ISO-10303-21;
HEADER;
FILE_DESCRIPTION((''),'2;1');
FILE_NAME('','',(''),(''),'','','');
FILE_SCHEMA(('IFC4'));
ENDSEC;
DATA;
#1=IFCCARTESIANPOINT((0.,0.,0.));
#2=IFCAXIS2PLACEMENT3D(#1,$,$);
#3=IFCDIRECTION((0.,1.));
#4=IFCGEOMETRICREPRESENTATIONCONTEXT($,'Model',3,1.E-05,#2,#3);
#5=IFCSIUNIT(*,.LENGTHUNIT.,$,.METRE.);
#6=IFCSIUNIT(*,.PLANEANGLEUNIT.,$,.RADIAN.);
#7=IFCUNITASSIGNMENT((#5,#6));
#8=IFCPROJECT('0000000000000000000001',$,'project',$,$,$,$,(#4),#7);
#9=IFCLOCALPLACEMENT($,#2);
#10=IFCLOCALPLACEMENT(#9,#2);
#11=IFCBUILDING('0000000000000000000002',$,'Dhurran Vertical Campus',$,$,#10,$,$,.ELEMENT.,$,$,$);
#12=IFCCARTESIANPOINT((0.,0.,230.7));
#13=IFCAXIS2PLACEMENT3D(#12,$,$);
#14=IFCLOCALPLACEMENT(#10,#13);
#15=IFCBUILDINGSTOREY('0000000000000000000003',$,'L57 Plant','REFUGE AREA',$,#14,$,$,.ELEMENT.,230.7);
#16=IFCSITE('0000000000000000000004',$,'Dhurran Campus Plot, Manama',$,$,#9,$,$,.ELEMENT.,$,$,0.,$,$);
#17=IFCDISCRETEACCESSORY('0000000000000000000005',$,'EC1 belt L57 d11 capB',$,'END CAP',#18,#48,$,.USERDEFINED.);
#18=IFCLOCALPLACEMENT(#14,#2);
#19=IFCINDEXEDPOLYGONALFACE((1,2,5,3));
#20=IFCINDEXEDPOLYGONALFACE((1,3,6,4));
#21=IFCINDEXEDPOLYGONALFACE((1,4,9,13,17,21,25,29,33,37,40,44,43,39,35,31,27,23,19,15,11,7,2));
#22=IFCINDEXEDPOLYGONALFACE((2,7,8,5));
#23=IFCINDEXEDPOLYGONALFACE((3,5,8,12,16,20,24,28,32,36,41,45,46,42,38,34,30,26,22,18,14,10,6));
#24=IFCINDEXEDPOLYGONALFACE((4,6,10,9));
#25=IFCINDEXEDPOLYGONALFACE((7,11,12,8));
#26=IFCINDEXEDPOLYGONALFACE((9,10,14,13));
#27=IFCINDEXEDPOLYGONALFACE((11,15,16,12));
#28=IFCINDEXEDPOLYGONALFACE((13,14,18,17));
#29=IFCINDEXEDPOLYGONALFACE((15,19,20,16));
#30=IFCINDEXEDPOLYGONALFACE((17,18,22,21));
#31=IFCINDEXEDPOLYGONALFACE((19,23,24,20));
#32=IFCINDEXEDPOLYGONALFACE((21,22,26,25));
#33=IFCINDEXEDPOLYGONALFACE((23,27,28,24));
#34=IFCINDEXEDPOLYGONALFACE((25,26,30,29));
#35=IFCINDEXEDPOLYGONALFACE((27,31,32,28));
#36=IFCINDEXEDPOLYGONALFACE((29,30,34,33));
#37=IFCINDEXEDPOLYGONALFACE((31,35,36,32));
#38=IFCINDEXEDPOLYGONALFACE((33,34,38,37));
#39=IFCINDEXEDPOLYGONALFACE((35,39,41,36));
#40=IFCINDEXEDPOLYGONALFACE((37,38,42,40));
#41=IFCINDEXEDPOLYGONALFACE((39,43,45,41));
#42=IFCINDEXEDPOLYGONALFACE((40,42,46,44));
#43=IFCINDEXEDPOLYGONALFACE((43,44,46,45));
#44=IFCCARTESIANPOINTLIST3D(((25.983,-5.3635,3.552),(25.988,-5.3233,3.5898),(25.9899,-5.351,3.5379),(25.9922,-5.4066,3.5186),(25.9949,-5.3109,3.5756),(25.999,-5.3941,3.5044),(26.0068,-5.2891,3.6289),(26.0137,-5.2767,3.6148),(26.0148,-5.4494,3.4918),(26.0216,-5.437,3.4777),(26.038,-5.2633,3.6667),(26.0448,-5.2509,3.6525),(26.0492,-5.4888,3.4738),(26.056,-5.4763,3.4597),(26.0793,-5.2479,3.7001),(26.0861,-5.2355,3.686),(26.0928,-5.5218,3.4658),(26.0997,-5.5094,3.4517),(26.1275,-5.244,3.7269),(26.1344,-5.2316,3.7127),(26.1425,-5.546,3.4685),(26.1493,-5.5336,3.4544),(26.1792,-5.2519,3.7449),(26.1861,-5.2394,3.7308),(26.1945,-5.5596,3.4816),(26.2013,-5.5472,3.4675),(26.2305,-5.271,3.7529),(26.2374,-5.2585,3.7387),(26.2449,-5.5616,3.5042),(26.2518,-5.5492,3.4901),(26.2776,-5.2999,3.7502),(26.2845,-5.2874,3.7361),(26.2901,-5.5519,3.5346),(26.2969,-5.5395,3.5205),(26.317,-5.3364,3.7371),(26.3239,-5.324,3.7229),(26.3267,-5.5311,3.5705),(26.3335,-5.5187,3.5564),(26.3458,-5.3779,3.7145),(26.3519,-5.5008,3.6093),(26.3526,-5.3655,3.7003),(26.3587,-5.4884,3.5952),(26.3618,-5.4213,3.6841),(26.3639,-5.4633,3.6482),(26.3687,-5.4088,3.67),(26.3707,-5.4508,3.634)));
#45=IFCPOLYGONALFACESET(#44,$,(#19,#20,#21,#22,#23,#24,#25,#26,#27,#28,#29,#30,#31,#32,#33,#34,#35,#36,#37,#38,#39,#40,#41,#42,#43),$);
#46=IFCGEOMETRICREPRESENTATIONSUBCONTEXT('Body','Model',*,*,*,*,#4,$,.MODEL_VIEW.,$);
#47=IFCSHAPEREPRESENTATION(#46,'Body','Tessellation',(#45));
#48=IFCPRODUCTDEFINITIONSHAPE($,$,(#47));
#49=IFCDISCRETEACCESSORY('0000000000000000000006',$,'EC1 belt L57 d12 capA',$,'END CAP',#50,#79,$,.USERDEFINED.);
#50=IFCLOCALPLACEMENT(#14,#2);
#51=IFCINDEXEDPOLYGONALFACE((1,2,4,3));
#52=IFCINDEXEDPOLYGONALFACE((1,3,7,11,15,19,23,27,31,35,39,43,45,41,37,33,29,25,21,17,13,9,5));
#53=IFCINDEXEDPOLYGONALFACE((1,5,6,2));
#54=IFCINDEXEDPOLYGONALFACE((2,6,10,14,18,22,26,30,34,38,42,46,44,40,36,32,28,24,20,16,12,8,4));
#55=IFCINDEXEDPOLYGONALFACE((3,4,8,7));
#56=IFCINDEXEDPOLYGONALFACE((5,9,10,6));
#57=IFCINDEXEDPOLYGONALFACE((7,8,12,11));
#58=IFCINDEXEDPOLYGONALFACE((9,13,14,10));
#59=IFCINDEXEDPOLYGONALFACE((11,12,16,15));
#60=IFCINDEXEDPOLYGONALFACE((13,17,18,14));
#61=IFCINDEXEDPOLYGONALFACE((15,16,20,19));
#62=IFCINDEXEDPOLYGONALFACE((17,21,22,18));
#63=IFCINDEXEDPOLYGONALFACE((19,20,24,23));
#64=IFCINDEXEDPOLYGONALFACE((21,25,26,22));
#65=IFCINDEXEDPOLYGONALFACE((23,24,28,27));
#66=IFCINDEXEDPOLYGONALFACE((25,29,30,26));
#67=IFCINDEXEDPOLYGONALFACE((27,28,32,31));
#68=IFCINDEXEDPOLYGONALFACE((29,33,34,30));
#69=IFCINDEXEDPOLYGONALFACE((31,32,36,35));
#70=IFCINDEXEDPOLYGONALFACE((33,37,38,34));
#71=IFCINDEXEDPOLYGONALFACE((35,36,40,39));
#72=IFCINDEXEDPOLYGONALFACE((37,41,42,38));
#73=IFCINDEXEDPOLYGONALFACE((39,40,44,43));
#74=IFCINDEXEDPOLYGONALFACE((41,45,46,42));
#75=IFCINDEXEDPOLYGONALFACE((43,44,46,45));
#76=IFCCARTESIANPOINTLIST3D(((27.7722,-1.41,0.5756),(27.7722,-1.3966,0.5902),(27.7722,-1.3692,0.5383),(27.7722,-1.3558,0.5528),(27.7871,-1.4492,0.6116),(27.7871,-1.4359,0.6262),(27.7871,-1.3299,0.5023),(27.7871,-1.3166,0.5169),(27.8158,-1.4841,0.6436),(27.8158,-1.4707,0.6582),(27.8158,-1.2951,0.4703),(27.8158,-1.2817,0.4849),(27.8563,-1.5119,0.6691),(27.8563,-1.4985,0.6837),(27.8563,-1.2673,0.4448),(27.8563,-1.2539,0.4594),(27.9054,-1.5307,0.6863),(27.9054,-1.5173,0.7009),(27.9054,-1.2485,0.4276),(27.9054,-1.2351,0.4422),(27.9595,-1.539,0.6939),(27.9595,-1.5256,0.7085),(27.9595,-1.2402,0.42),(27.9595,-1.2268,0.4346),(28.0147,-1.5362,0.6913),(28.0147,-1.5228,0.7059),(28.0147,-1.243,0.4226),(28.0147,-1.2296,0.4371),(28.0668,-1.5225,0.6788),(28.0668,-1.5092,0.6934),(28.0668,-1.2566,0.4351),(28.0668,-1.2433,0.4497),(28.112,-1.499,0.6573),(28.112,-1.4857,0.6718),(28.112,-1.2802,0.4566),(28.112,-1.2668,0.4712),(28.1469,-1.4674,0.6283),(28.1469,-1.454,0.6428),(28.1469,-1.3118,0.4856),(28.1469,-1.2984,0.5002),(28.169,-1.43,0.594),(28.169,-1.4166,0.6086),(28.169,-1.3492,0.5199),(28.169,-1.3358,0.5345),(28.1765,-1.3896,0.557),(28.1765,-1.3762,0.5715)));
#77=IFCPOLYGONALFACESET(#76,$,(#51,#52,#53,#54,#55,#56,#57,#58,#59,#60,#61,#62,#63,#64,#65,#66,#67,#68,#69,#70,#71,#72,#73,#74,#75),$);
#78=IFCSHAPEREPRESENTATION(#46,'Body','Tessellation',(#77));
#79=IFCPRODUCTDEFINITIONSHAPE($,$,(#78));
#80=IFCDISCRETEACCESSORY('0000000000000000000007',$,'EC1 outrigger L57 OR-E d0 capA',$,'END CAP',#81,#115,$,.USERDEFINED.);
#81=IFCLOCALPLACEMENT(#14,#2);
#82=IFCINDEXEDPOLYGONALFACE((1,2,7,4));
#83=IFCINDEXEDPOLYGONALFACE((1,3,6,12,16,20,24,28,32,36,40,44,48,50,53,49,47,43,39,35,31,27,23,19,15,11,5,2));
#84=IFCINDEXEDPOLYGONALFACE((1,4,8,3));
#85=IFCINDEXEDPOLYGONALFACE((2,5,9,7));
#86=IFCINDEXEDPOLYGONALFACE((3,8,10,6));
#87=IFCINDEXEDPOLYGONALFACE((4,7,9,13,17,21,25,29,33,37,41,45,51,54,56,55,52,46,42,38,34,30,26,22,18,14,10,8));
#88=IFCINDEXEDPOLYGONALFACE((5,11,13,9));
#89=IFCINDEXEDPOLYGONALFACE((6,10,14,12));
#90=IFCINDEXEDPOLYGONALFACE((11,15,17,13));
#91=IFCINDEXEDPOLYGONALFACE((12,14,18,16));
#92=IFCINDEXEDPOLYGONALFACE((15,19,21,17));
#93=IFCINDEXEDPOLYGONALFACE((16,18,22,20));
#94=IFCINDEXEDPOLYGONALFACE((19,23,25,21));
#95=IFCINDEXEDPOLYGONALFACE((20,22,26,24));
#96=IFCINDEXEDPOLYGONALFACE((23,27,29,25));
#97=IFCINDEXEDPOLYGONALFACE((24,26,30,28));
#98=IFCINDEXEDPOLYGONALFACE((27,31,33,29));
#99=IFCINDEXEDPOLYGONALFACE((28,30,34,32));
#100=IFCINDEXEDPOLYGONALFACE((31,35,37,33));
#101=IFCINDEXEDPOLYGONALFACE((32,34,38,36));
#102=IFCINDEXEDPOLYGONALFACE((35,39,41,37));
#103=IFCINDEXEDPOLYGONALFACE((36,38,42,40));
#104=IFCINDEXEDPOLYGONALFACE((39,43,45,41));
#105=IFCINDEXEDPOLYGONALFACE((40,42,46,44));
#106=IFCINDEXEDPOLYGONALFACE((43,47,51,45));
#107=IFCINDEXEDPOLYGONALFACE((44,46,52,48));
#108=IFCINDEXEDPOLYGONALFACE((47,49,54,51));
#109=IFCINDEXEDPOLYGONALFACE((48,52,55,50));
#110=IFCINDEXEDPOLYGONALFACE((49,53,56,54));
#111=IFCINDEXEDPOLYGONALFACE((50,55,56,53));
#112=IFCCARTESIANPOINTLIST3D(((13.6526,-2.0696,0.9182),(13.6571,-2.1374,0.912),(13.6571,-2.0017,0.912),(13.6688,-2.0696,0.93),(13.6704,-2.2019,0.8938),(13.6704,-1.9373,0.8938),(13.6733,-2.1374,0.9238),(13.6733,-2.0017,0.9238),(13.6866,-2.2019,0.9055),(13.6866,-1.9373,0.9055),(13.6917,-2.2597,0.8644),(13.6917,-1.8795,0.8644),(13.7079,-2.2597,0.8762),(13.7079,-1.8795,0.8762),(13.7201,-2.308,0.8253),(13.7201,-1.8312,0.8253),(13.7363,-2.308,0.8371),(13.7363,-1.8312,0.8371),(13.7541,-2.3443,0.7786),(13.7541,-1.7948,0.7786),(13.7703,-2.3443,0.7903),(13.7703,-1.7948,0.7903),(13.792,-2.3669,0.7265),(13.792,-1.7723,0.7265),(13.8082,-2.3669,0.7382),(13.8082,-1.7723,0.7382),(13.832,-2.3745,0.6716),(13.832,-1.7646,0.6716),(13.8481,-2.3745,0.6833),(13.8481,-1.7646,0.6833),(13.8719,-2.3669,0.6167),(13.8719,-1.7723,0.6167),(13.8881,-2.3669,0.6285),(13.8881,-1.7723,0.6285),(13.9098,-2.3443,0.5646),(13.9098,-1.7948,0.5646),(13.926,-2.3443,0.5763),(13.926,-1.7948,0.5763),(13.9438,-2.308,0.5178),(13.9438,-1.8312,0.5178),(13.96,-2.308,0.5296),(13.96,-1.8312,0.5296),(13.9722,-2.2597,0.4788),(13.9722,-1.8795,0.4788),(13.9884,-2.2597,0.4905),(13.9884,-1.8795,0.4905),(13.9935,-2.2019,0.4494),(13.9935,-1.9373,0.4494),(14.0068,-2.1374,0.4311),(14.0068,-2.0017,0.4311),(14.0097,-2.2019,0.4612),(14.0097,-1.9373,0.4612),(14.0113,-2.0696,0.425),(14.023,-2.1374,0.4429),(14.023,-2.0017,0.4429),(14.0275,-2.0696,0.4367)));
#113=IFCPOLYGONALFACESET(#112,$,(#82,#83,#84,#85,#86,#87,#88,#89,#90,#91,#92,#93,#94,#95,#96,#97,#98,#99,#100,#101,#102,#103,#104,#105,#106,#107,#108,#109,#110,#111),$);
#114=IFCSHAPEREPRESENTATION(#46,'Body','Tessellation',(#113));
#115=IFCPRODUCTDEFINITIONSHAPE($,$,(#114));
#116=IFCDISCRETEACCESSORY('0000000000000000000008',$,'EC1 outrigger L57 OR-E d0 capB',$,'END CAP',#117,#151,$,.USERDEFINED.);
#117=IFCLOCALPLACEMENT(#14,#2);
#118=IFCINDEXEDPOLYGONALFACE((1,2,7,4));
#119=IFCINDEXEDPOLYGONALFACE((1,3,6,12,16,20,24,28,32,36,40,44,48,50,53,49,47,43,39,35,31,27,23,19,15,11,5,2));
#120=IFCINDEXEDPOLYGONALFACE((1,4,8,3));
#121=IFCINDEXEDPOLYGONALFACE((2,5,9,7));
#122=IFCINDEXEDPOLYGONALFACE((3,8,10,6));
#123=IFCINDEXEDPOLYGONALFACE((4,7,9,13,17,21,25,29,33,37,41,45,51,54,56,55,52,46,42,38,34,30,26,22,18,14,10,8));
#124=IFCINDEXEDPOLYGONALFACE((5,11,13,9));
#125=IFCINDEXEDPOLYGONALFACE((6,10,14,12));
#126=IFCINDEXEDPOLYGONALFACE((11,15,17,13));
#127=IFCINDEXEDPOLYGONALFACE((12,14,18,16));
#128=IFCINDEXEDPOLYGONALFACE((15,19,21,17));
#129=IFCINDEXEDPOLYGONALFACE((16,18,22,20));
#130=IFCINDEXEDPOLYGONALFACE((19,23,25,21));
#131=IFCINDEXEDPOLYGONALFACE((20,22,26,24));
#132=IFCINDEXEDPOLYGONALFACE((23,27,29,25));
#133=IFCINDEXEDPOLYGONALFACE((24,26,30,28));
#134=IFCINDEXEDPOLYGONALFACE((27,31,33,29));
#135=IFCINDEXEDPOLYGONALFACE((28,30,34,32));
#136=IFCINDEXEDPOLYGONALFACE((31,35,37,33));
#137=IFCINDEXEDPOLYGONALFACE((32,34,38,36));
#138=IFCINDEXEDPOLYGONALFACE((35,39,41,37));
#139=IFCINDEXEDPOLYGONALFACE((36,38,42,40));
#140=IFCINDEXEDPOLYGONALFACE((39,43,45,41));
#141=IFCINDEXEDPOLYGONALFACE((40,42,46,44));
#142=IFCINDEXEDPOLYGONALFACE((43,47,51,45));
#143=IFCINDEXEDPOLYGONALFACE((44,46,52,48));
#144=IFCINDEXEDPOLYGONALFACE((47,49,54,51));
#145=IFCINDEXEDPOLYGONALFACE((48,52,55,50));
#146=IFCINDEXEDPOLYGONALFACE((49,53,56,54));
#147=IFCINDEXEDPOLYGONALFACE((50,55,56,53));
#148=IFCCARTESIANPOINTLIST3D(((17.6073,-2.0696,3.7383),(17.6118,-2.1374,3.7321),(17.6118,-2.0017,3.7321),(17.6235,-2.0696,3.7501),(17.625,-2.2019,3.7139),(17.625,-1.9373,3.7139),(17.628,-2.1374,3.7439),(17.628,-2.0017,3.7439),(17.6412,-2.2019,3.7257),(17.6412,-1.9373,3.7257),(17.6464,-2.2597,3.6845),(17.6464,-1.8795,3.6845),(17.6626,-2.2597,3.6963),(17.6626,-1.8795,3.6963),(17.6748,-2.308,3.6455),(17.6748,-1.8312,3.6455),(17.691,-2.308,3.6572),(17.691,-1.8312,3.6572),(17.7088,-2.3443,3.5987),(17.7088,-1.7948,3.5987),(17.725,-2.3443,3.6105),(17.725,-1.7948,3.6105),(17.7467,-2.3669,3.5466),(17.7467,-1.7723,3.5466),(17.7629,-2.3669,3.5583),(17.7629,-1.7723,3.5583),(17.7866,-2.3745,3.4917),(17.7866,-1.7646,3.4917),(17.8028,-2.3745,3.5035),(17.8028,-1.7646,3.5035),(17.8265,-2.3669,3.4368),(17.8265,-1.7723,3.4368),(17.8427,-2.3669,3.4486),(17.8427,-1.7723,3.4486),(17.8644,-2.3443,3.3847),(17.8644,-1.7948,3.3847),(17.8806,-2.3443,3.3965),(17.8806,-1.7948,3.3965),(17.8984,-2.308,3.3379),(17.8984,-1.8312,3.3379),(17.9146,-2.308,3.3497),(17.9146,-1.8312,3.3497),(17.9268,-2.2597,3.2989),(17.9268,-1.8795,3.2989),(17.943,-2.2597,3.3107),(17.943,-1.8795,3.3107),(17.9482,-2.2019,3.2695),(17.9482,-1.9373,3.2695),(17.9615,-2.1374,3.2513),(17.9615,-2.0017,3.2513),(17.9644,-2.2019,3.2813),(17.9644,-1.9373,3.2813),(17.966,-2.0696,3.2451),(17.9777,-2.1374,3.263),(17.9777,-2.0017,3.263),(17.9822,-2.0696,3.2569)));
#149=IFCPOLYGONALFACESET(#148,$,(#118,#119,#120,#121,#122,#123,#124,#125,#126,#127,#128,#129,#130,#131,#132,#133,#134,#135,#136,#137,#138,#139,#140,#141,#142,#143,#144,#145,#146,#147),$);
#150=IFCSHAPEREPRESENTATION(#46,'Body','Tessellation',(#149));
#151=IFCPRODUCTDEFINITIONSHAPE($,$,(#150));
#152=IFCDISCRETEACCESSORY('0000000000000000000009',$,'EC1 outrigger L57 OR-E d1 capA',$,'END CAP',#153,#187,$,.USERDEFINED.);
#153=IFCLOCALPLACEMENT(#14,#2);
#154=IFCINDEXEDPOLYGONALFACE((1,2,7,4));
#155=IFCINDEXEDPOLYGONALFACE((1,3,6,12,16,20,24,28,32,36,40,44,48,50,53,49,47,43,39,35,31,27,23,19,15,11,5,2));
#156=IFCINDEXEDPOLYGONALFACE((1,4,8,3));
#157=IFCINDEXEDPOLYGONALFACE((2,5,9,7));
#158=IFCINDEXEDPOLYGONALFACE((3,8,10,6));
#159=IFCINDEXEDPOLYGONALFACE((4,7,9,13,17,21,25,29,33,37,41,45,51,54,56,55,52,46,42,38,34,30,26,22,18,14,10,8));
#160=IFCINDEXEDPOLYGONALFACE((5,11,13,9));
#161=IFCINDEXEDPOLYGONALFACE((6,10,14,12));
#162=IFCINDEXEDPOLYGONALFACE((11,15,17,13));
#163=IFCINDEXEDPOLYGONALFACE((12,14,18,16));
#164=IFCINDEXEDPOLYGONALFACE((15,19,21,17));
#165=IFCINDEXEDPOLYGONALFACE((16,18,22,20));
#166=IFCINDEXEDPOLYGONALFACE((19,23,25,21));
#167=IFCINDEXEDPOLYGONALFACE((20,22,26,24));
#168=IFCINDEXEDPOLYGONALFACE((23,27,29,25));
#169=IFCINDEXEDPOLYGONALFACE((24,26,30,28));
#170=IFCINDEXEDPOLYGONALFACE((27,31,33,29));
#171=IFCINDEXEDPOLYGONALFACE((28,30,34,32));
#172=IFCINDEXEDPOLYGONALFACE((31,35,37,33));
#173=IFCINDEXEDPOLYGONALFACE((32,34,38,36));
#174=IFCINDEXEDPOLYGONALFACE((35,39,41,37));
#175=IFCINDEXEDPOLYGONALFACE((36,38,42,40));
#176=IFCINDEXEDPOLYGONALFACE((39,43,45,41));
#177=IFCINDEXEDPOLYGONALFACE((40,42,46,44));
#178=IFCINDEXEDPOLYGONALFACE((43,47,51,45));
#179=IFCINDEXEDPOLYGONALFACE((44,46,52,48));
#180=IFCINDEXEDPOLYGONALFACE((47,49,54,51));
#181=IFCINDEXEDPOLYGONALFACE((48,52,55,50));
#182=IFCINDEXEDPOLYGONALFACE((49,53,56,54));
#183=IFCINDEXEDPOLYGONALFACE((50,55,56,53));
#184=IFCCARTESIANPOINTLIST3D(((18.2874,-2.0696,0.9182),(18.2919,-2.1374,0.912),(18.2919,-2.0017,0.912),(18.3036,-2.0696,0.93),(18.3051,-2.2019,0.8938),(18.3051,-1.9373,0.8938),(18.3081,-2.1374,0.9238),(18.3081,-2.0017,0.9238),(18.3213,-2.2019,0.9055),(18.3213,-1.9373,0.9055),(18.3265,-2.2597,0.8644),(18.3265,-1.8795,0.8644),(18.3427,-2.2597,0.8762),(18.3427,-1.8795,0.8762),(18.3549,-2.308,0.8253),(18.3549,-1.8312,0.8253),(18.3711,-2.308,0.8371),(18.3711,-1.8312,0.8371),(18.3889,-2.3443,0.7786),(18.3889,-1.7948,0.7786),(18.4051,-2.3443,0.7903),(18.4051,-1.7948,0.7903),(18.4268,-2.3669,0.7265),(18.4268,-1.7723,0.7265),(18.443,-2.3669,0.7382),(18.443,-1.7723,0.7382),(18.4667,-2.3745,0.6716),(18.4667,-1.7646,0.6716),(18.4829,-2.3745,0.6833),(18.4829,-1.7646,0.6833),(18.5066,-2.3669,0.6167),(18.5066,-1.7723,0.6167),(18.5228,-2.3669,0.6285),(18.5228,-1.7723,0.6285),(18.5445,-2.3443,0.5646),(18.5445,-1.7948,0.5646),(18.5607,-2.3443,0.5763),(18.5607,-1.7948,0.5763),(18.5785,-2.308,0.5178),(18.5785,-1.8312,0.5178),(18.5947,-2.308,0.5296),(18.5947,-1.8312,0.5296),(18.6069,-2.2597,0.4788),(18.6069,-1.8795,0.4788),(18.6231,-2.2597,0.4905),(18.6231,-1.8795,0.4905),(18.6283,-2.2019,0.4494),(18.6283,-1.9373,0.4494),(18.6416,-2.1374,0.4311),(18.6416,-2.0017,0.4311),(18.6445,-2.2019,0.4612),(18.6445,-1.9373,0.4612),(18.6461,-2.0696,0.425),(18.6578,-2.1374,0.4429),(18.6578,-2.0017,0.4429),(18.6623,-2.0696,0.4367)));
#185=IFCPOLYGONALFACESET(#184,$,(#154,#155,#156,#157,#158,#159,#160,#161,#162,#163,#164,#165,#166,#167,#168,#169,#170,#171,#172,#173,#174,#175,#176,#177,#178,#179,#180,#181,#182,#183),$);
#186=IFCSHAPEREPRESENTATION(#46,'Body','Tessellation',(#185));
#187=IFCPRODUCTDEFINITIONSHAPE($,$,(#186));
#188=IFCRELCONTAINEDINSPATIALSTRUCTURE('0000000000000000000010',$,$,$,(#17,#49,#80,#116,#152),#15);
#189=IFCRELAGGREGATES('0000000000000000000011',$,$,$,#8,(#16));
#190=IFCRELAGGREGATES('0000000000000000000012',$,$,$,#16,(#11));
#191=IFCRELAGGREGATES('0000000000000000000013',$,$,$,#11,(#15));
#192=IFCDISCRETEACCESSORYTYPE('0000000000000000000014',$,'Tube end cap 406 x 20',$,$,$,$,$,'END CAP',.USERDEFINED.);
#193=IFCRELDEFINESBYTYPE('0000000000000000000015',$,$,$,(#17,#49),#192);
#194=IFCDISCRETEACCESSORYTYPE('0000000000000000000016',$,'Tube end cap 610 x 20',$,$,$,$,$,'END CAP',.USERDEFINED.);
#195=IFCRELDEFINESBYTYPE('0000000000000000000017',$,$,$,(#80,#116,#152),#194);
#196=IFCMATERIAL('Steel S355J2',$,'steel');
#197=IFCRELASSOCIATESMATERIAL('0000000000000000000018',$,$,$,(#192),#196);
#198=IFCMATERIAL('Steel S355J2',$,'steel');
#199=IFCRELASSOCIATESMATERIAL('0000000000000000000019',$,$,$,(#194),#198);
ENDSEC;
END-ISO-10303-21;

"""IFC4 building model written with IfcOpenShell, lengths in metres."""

from ifc_helpers import new_model, si_unit, direction, frame, origin, origin_2d, place, context, subcontext, project, spatial, circle, extrude, material, material_profile, profile_set, type_object, element, save


model = new_model("IFC4")

# Units and contexts
model_context = context("Model", 3, precision=1e-05, world=origin(), true_north=direction((0.0, 1.0)))
body_context = subcontext(model_context, "Body", "Model", "MODEL_VIEW")
ifc_project = project(units=[si_unit("LENGTHUNIT", "METRE"), si_unit("PLANEANGLEUNIT", "RADIAN")], contexts=[model_context])

# Site, building, storey
site_placement = place(None, origin())
site = spatial("IfcSite", under=ifc_project, at=site_placement, Name="Dhurran Campus Plot, Manama", CompositionType="ELEMENT", RefElevation=0.0)
building_placement = place(site_placement, origin())
building = spatial("IfcBuilding", under=site, at=building_placement, Name="Dhurran Vertical Campus", CompositionType="ELEMENT")
storey_placement = place(building_placement, frame((0.0, 0.0, 230.7)))
storey = spatial("IfcBuildingStorey", under=building, at=storey_placement, Name="L57 Plant", Description="REFUGE AREA", CompositionType="ELEMENT", Elevation=230.7)

# Discrete accessories
ifc_material_1 = material(Name="Steel S355J2", Category="steel")
ifc_material_profile_1 = material_profile(ifc_material_1, circle(Radius=0.2031, at=origin_2d()), Name="Tube end cap 406 x 20")
ifc_profile_set_1 = profile_set([ifc_material_profile_1], Name="Steel S355J2")
discrete_accessory_type_1 = type_object("IfcDiscreteAccessoryType", Name="Tube end cap 406 x 20", ElementType="END CAP", PredefinedType="USERDEFINED", material=ifc_profile_set_1)
for number, where, z_axis, x_axis, name in (
    (1, (26.1807, -5.3906, 3.5952), (-0.34083, -0.620798, 0.706006), (0.876579, -0.481259, 0.0), "EC1 belt L57 d11 capB"),
):
    element("IfcDiscreteAccessory", number, at=place(storey_placement, frame(where, z_axis=z_axis, x_axis=x_axis)), inside=storey, type_object=discrete_accessory_type_1, Name=name, ObjectType="END CAP", PredefinedType="USERDEFINED", context=body_context, shape_type="SweptSolid", body=[
        extrude(circle(Radius=0.2031, at=origin_2d()), origin(), (0.0, 0.0, 1.0), 0.02),
    ])
discrete_accessory_placement = place(storey_placement, frame((27.9734, -1.3762, 0.5715), z_axis=(0.0, -0.675725, -0.737154), x_axis=(1.0, 0.0, 0.0)))
element("IfcDiscreteAccessory", 2, at=discrete_accessory_placement, inside=storey, type_object=discrete_accessory_type_1, Name="EC1 belt L57 d12 capA", ObjectType="END CAP", PredefinedType="USERDEFINED", context=body_context, shape_type="SweptSolid", body=[
    extrude(circle(Radius=0.2031, at=origin_2d()), origin(), (0.0, 0.0, 1.0), 0.0198),
])
ifc_material_2 = material(Name="Steel S355J2", Category="steel")
ifc_material_profile_2 = material_profile(ifc_material_2, circle(Radius=0.3049, at=origin_2d()), Name="Tube end cap 610 x 20")
ifc_profile_set_2 = profile_set([ifc_material_profile_2], Name="Steel S355J2")
discrete_accessory_type_2 = type_object("IfcDiscreteAccessoryType", Name="Tube end cap 610 x 20", ElementType="END CAP", PredefinedType="USERDEFINED", material=ifc_profile_set_2)
for number, where, z_axis, x_axis, name in (
    (3, (13.8481, -2.0696, 0.6833), (-0.808736, 0.0, -0.588172), (0.0, -1.0, 0.0), "EC1 outrigger L57 OR-E d0 capA"),
    (4, (17.7866, -2.0696, 3.4917), (0.808736, 0.0, 0.588172), (0.0, 1.0, 0.0), "EC1 outrigger L57 OR-E d0 capB"),
    (5, (18.4829, -2.0696, 0.6833), (-0.808736, 0.0, -0.588172), (0.0, -1.0, 0.0), "EC1 outrigger L57 OR-E d1 capA"),
):
    element("IfcDiscreteAccessory", number, at=place(storey_placement, frame(where, z_axis=z_axis, x_axis=x_axis)), inside=storey, type_object=discrete_accessory_type_2, Name=name, ObjectType="END CAP", PredefinedType="USERDEFINED", context=body_context, shape_type="SweptSolid", body=[
        extrude(circle(Radius=0.3049, at=origin_2d()), origin(), (0.0, 0.0, 1.0), 0.02),
    ])

save(model, "model.ifc")
